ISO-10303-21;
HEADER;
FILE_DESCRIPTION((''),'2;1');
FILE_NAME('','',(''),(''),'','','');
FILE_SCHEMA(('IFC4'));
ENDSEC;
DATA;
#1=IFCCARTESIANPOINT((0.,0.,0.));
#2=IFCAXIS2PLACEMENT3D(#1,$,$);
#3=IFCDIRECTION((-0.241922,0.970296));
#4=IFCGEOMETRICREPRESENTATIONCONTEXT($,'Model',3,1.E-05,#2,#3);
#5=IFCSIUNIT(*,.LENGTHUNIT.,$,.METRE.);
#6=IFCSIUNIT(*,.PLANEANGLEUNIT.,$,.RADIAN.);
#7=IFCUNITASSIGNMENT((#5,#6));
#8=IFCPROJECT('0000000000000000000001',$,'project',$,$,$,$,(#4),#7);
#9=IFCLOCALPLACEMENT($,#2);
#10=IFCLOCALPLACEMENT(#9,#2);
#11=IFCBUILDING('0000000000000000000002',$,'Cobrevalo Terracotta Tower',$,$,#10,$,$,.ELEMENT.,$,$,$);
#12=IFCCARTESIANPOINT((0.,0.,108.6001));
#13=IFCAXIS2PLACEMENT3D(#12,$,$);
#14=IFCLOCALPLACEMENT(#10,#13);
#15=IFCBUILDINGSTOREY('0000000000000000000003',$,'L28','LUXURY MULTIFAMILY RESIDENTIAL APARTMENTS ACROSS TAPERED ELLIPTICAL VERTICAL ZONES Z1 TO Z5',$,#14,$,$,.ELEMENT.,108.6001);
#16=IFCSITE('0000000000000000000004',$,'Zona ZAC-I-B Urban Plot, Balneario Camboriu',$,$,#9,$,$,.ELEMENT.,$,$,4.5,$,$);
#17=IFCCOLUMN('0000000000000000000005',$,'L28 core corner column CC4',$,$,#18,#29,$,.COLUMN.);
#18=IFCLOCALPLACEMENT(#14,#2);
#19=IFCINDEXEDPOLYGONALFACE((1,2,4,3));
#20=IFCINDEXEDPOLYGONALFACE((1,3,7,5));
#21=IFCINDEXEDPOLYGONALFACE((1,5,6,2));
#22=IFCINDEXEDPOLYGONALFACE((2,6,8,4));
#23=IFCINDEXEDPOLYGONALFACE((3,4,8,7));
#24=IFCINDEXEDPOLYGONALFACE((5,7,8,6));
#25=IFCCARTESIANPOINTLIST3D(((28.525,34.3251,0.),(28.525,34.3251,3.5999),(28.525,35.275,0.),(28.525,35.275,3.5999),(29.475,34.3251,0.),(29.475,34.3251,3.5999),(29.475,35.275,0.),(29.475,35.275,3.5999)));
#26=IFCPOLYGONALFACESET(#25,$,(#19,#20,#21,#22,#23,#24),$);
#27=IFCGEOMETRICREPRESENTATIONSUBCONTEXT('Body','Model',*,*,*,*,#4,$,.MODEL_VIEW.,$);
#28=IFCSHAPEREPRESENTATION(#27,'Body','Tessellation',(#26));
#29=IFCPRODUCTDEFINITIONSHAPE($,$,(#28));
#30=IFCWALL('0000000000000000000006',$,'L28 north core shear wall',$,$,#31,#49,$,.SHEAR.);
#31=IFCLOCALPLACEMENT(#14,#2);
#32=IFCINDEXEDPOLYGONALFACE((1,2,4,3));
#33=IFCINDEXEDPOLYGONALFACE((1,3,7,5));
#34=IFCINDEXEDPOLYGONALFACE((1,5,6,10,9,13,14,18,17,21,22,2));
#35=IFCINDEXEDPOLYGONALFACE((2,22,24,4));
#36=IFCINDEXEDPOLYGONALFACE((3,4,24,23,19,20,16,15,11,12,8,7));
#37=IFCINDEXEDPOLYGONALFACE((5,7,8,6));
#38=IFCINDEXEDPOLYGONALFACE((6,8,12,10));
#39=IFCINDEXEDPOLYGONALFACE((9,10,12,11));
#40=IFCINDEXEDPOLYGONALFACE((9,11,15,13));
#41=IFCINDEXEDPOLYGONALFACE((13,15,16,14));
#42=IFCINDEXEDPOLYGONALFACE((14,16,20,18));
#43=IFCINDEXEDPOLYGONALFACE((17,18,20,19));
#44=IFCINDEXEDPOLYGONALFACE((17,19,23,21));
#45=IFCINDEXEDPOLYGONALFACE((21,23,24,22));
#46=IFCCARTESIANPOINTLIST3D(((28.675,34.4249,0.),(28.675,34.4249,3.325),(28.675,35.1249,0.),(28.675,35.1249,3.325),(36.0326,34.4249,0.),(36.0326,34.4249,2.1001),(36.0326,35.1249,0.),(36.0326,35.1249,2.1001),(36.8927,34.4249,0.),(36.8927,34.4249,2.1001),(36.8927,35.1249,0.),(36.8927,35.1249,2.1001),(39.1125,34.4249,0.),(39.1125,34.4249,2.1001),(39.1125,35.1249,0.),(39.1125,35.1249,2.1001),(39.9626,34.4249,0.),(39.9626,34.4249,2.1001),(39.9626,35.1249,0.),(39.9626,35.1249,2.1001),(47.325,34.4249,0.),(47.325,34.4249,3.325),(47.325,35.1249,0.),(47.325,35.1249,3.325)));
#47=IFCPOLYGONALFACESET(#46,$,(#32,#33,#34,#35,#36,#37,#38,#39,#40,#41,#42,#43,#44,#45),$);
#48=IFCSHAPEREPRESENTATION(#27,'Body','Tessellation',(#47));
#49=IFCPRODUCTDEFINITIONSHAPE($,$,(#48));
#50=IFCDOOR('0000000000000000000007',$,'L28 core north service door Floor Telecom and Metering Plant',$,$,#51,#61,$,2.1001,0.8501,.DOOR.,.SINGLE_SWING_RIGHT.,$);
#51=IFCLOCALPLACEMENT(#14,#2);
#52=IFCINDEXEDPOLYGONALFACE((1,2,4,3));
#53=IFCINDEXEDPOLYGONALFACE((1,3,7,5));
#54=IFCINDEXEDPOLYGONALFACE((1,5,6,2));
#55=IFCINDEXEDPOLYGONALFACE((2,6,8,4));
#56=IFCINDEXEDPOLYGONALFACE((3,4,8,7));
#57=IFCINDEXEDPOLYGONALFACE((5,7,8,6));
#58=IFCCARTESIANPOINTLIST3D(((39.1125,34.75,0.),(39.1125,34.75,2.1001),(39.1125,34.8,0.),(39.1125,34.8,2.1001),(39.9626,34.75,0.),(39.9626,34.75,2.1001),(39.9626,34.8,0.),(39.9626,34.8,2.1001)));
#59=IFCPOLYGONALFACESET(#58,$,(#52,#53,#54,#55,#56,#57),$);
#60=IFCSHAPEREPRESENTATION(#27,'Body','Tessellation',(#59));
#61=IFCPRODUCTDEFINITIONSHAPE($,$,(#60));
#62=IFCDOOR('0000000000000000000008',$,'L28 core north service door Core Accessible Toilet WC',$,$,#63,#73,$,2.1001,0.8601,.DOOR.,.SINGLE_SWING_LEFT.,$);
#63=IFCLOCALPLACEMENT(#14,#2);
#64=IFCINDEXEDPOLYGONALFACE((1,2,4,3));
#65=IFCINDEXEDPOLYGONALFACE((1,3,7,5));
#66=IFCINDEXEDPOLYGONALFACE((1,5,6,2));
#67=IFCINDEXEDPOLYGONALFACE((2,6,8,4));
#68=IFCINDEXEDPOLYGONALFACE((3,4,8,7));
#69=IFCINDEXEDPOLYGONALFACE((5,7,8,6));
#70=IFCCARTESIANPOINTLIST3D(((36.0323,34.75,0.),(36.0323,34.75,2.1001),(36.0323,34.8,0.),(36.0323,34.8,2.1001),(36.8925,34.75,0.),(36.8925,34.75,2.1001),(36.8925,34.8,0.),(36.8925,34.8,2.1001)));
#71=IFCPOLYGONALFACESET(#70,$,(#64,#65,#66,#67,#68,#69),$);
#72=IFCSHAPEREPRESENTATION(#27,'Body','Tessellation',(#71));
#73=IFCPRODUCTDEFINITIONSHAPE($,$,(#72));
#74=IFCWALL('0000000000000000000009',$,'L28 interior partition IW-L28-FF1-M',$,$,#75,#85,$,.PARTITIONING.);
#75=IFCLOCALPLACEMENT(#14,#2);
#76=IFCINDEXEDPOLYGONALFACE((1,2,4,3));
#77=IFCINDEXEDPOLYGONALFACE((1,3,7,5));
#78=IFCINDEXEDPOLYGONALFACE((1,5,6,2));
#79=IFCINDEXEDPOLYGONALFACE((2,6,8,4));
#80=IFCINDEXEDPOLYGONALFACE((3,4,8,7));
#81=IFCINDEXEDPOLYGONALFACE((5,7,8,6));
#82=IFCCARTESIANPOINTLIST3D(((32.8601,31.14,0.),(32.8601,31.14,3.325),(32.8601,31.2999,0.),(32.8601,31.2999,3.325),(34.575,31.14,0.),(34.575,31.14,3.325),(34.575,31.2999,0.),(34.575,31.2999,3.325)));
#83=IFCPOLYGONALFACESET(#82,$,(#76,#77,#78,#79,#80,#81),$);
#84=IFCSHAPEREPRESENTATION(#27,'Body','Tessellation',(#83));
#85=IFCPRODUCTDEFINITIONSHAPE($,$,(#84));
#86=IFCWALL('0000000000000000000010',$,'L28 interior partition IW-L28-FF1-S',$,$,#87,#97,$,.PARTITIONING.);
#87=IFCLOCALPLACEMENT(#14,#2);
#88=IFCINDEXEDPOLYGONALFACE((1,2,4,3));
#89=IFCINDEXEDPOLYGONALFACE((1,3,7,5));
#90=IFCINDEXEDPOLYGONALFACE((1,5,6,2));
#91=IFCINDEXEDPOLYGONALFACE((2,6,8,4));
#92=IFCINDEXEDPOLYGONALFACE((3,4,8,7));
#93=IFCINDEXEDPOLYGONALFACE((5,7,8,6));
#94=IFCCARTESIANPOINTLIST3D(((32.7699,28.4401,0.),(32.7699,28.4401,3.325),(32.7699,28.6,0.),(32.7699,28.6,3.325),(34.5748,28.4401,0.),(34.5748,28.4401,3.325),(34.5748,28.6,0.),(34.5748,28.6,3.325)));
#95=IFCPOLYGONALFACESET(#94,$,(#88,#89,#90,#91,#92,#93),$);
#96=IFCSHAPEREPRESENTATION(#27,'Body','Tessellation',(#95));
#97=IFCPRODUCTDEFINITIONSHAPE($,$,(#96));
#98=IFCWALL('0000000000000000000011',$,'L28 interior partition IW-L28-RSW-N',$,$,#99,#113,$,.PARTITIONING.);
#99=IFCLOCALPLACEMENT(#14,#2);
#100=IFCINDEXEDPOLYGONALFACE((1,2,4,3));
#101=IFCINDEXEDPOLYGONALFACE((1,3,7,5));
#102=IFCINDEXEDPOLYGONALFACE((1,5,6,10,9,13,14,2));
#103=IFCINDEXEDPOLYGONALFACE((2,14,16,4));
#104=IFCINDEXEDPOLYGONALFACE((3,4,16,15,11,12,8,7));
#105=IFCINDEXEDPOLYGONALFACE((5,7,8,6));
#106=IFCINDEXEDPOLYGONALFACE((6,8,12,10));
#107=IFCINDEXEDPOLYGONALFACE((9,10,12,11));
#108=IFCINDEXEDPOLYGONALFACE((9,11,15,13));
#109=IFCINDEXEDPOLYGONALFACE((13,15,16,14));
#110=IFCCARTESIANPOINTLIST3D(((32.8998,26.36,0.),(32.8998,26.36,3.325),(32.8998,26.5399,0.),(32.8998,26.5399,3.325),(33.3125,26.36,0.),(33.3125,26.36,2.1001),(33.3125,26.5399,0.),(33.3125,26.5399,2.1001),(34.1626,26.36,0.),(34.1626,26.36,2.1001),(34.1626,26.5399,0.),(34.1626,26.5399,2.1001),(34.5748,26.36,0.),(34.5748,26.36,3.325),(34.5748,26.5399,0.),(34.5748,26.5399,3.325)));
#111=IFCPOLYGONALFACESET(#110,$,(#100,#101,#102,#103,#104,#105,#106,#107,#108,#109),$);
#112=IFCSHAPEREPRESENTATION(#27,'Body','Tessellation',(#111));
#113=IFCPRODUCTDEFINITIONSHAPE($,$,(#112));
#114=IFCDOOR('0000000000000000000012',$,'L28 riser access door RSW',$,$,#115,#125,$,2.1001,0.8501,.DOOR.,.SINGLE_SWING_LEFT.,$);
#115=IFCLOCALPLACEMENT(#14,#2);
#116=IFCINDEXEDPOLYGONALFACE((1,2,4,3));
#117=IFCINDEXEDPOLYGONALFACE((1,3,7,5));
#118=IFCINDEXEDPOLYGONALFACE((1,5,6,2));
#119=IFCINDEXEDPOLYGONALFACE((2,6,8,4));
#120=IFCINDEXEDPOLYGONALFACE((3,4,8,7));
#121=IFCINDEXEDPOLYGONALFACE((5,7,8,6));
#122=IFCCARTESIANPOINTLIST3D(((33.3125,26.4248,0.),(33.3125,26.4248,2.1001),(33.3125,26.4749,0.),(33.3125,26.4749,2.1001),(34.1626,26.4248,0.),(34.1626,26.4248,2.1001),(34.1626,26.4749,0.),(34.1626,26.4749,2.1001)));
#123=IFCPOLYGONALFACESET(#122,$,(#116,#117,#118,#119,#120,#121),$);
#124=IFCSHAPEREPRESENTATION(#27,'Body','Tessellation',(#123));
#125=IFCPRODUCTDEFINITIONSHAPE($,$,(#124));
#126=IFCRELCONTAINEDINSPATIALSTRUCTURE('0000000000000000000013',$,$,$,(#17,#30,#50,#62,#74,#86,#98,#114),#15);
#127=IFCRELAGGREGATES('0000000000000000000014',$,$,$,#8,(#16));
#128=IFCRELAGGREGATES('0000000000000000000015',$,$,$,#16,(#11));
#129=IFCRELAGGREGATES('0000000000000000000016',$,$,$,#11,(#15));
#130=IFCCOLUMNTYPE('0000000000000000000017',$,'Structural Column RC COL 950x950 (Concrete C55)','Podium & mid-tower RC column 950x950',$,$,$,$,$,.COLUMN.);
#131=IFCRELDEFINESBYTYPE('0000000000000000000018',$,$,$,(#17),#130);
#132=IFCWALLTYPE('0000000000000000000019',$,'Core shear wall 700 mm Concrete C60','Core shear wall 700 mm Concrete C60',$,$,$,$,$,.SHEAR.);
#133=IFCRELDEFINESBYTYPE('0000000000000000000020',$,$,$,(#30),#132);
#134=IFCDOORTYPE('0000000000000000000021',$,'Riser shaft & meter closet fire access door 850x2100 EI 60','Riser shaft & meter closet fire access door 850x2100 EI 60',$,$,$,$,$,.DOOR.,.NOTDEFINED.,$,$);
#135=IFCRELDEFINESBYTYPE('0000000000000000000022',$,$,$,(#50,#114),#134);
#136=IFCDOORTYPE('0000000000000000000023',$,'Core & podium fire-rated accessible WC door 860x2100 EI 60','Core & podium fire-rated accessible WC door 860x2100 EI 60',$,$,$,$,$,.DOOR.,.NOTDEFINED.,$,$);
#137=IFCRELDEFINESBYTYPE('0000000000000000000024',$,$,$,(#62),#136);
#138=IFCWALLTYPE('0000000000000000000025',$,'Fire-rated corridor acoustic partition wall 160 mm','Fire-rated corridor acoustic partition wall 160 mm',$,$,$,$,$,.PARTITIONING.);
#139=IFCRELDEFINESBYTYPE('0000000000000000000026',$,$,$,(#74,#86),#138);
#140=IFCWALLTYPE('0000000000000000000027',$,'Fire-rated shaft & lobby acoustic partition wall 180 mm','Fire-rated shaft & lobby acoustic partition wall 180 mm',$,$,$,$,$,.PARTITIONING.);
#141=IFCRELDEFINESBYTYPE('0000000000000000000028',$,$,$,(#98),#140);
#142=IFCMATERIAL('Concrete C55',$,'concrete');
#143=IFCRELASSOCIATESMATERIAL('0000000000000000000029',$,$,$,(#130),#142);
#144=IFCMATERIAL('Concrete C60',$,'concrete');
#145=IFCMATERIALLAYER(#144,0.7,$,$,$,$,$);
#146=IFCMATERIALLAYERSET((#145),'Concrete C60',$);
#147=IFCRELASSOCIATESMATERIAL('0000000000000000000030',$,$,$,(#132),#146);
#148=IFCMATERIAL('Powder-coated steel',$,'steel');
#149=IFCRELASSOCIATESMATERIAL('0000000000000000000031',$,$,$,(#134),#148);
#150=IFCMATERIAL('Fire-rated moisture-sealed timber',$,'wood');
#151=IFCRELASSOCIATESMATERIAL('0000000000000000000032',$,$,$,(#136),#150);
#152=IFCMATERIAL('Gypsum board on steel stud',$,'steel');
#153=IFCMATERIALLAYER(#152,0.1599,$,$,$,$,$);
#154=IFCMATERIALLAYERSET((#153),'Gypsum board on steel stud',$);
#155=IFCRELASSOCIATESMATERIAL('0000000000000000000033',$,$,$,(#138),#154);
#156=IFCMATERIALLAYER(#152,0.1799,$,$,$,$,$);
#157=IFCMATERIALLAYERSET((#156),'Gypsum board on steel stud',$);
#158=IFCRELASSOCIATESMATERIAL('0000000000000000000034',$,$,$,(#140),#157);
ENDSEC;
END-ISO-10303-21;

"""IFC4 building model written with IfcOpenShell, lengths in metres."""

from ifc_helpers import new_model, si_unit, direction, frame, frame_2d, origin, origin_2d, place, context, subcontext, project, spatial, rectangle, extrude, source, transform, mapped, material, layer, layer_set, material_profile, profile_set, type_object, element, fill, save


model = new_model("IFC4")

# Units and contexts
model_context = context("Model", 3, precision=1e-05, world=origin(), true_north=direction((-0.241922, 0.970296)))
body_context = subcontext(model_context, "Body", "Model", "MODEL_VIEW")
ifc_project = project(units=[si_unit("LENGTHUNIT", "METRE"), si_unit("PLANEANGLEUNIT", "RADIAN")], contexts=[model_context])

# Site, building, storey
site_placement = place(None, origin())
site = spatial("IfcSite", under=ifc_project, at=site_placement, Name="Zona ZAC-I-B Urban Plot, Balneario Camboriu", CompositionType="ELEMENT", RefElevation=4.5)
building_placement = place(site_placement, origin())
building = spatial("IfcBuilding", under=site, at=building_placement, Name="Cobrevalo Terracotta Tower", CompositionType="ELEMENT")
storey_placement = place(building_placement, frame((0.0, 0.0, 108.6001)))
storey = spatial("IfcBuildingStorey", under=building, at=storey_placement, Name="L28", Description="LUXURY MULTIFAMILY RESIDENTIAL APARTMENTS ACROSS TAPERED ELLIPTICAL VERTICAL ZONES Z1 TO Z5", CompositionType="ELEMENT", Elevation=108.6001)

# Column
ifc_material_1 = material(Name="Concrete C55", Category="concrete")
ifc_material_profile = material_profile(ifc_material_1, rectangle(XDim=0.95, YDim=0.95, at=origin_2d()), Name="RC COL 950x950")
ifc_profile_set = profile_set([ifc_material_profile], Name="Concrete C55")
column_type = type_object("IfcColumnType", Name="Structural Column RC COL 950x950 (Concrete C55)", Description="Podium & mid-tower RC column 950x950", PredefinedType="COLUMN", material=ifc_profile_set)
column_placement = place(storey_placement, frame((29.0, 34.8, 0.0), z_axis=(0.0, 0.0, 1.0), x_axis=(1.0, 0.0, 0.0)))
element("IfcColumn", 1, at=column_placement, inside=storey, type_object=column_type, Name="L28 core corner column CC4", PredefinedType="COLUMN", context=body_context, shape_type="SweptSolid", body=[
    extrude(rectangle(XDim=0.95, YDim=0.95, at=origin_2d()), origin(), (0.0, 0.0, 1.0), 3.5999),
])

# Wall, openings, doors
ifc_material_2 = material(Name="Concrete C60", Category="concrete")
ifc_layer_1 = layer(ifc_material_2, 0.7)
ifc_layer_set_1 = layer_set([ifc_layer_1], Name="Concrete C60")
wall_type_1 = type_object("IfcWallType", Name="Core shear wall 700 mm Concrete C60", Description="Core shear wall 700 mm Concrete C60", PredefinedType="SHEAR", material=ifc_layer_set_1)
wall_1_placement = place(storey_placement, frame((28.675, 34.7749, 0.0), z_axis=(0.0, 0.0, 1.0), x_axis=(1.0, 0.0, 0.0)))
wall_1 = element("IfcWall", 2, at=wall_1_placement, inside=storey, type_object=wall_type_1, Name="L28 north core shear wall", PredefinedType="SHEAR", context=body_context, shape_type="SweptSolid", body=[
    extrude(rectangle(XDim=18.6499, YDim=0.7, at=frame_2d((9.325, 0.0))), origin(), (0.0, 0.0, 1.0), 3.325),
])
opening_1_placement = place(wall_1_placement, frame((7.3574, 0.0, 0.0)))
opening_1 = element("IfcOpeningElement", 3, at=opening_1_placement, cuts=wall_1, PredefinedType="OPENING", context=body_context, shape_type="SweptSolid", body=[
    extrude(rectangle(XDim=0.8601, YDim=2.1001, at=frame_2d((0.4302, 1.05))), frame((0.0, 0.3599, 0.0), z_axis=(0.0, -1.0, 0.0), x_axis=(1.0, 0.0, 0.0)), (0.0, 0.0, 1.0), 0.72),
])
opening_2_placement = place(wall_1_placement, frame((10.4375, 0.0, 0.0)))
opening_2 = element("IfcOpeningElement", 4, at=opening_2_placement, cuts=wall_1, PredefinedType="OPENING", context=body_context, shape_type="SweptSolid", body=[
    extrude(rectangle(XDim=0.8501, YDim=2.1001, at=frame_2d((0.425, 1.05))), frame((0.0, 0.3599, 0.0), z_axis=(0.0, -1.0, 0.0), x_axis=(1.0, 0.0, 0.0)), (0.0, 0.0, 1.0), 0.72),
])
ifc_material_3 = material(Name="Powder-coated steel", Category="steel")
door_type_1 = type_object("IfcDoorType", Name="Riser shaft & meter closet fire access door 850x2100 EI 60", Description="Riser shaft & meter closet fire access door 850x2100 EI 60", OperationType="NOTDEFINED", PredefinedType="DOOR", material=ifc_material_3)
shared_shape_1 = source(origin(), body_context, "Body", "SweptSolid", [
    extrude(rectangle(XDim=0.8501, YDim=2.1001, at=frame_2d((0.425, 1.05))), frame((0.0, 0.0249, 0.0), z_axis=(0.0, -1.0, 0.0), x_axis=(1.0, 0.0, 0.0)), (0.0, 0.0, 1.0), 0.05),
])
door_1_placement = place(opening_2_placement, frame((0.8501, 0.0, 0.0), z_axis=(0.0, 0.0, 1.0), x_axis=(-1.0, 0.0, 0.0)))
door_1 = element("IfcDoor", 5, at=door_1_placement, inside=storey, type_object=door_type_1, Name="L28 core north service door Floor Telecom and Metering Plant", OperationType="SINGLE_SWING_RIGHT", OverallHeight=2.1001, OverallWidth=0.8501, PredefinedType="DOOR", context=body_context, shape_type="MappedRepresentation", body=[
    mapped(shared_shape_1, transform((0.0, 0.0, 0.0), scale=1.0)),
])
fill(opening_2, door_1)
ifc_material_4 = material(Name="Fire-rated moisture-sealed timber", Category="wood")
door_type_2 = type_object("IfcDoorType", Name="Core & podium fire-rated accessible WC door 860x2100 EI 60", Description="Core & podium fire-rated accessible WC door 860x2100 EI 60", OperationType="NOTDEFINED", PredefinedType="DOOR", material=ifc_material_4)
shared_shape_2 = source(origin(), body_context, "Body", "SweptSolid", [
    extrude(rectangle(XDim=0.8601, YDim=2.1001, at=frame_2d((0.4302, 1.05))), frame((0.0, 0.0249, 0.0), z_axis=(0.0, -1.0, 0.0), x_axis=(1.0, 0.0, 0.0)), (0.0, 0.0, 1.0), 0.05),
])
door_2_placement = place(opening_1_placement, frame((0.8601, 0.0, 0.0), z_axis=(0.0, 0.0, 1.0), x_axis=(-1.0, 0.0, 0.0)))
door_2 = element("IfcDoor", 6, at=door_2_placement, inside=storey, type_object=door_type_2, Name="L28 core north service door Core Accessible Toilet WC", OperationType="SINGLE_SWING_LEFT", OverallHeight=2.1001, OverallWidth=0.8601, PredefinedType="DOOR", context=body_context, shape_type="MappedRepresentation", body=[
    mapped(shared_shape_2, transform((0.0, 0.0, 0.0), scale=1.0)),
])
fill(opening_1, door_2)

# Walls
ifc_material_5 = material(Name="Gypsum board on steel stud", Category="steel")
ifc_layer_2 = layer(ifc_material_5, 0.1599)
ifc_layer_set_2 = layer_set([ifc_layer_2], Name="Gypsum board on steel stud")
wall_type_2 = type_object("IfcWallType", Name="Fire-rated corridor acoustic partition wall 160 mm", Description="Fire-rated corridor acoustic partition wall 160 mm", PredefinedType="PARTITIONING", material=ifc_layer_set_2)
wall_2_placement = place(storey_placement, frame((32.8601, 31.22, 0.0), z_axis=(0.0, 0.0, 1.0), x_axis=(1.0, 0.0, 0.0)))
element("IfcWall", 7, at=wall_2_placement, inside=storey, type_object=wall_type_2, Name="L28 interior partition IW-L28-FF1-M", PredefinedType="PARTITIONING", context=body_context, shape_type="SweptSolid", body=[
    extrude(rectangle(XDim=1.7148, YDim=0.1599, at=frame_2d((0.8574, 0.0))), origin(), (0.0, 0.0, 1.0), 3.325),
])
wall_3_placement = place(storey_placement, frame((32.77, 28.52, 0.0), z_axis=(0.0, 0.0, 1.0), x_axis=(1.0, 0.0, 0.0)))
element("IfcWall", 8, at=wall_3_placement, inside=storey, type_object=wall_type_2, Name="L28 interior partition IW-L28-FF1-S", PredefinedType="PARTITIONING", context=body_context, shape_type="SweptSolid", body=[
    extrude(rectangle(XDim=1.8049, YDim=0.1599, at=frame_2d((0.9023, 0.0))), origin(), (0.0, 0.0, 1.0), 3.325),
])

# Wall, opening, door
ifc_layer_3 = layer(ifc_material_5, 0.1799)
ifc_layer_set_3 = layer_set([ifc_layer_3], Name="Gypsum board on steel stud")
wall_type_3 = type_object("IfcWallType", Name="Fire-rated shaft & lobby acoustic partition wall 180 mm", Description="Fire-rated shaft & lobby acoustic partition wall 180 mm", PredefinedType="PARTITIONING", material=ifc_layer_set_3)
wall_4_placement = place(storey_placement, frame((32.8999, 26.45, 0.0), z_axis=(0.0, 0.0, 1.0), x_axis=(1.0, 0.0, 0.0)))
wall_4 = element("IfcWall", 9, at=wall_4_placement, inside=storey, type_object=wall_type_3, Name="L28 interior partition IW-L28-RSW-N", PredefinedType="PARTITIONING", context=body_context, shape_type="SweptSolid", body=[
    extrude(rectangle(XDim=1.675, YDim=0.1799, at=frame_2d((0.8374, 0.0))), origin(), (0.0, 0.0, 1.0), 3.325),
])
opening_3_placement = place(wall_4_placement, frame((0.4126, 0.0, 0.0)))
opening_3 = element("IfcOpeningElement", 10, at=opening_3_placement, cuts=wall_4, PredefinedType="OPENING", context=body_context, shape_type="SweptSolid", body=[
    extrude(rectangle(XDim=0.8501, YDim=2.1001, at=frame_2d((0.425, 1.05))), frame((0.0, 0.1001, 0.0), z_axis=(0.0, -1.0, 0.0), x_axis=(1.0, 0.0, 0.0)), (0.0, 0.0, 1.0), 0.2),
])
door_3_placement = place(opening_3_placement, origin())
door_3 = element("IfcDoor", 11, at=door_3_placement, inside=storey, type_object=door_type_1, Name="L28 riser access door RSW", OperationType="SINGLE_SWING_LEFT", OverallHeight=2.1001, OverallWidth=0.8501, PredefinedType="DOOR", context=body_context, shape_type="MappedRepresentation", body=[
    mapped(shared_shape_1, transform((0.0, 0.0, 0.0), scale=1.0)),
])
fill(opening_3, door_3)

save(model, "model.ifc")
